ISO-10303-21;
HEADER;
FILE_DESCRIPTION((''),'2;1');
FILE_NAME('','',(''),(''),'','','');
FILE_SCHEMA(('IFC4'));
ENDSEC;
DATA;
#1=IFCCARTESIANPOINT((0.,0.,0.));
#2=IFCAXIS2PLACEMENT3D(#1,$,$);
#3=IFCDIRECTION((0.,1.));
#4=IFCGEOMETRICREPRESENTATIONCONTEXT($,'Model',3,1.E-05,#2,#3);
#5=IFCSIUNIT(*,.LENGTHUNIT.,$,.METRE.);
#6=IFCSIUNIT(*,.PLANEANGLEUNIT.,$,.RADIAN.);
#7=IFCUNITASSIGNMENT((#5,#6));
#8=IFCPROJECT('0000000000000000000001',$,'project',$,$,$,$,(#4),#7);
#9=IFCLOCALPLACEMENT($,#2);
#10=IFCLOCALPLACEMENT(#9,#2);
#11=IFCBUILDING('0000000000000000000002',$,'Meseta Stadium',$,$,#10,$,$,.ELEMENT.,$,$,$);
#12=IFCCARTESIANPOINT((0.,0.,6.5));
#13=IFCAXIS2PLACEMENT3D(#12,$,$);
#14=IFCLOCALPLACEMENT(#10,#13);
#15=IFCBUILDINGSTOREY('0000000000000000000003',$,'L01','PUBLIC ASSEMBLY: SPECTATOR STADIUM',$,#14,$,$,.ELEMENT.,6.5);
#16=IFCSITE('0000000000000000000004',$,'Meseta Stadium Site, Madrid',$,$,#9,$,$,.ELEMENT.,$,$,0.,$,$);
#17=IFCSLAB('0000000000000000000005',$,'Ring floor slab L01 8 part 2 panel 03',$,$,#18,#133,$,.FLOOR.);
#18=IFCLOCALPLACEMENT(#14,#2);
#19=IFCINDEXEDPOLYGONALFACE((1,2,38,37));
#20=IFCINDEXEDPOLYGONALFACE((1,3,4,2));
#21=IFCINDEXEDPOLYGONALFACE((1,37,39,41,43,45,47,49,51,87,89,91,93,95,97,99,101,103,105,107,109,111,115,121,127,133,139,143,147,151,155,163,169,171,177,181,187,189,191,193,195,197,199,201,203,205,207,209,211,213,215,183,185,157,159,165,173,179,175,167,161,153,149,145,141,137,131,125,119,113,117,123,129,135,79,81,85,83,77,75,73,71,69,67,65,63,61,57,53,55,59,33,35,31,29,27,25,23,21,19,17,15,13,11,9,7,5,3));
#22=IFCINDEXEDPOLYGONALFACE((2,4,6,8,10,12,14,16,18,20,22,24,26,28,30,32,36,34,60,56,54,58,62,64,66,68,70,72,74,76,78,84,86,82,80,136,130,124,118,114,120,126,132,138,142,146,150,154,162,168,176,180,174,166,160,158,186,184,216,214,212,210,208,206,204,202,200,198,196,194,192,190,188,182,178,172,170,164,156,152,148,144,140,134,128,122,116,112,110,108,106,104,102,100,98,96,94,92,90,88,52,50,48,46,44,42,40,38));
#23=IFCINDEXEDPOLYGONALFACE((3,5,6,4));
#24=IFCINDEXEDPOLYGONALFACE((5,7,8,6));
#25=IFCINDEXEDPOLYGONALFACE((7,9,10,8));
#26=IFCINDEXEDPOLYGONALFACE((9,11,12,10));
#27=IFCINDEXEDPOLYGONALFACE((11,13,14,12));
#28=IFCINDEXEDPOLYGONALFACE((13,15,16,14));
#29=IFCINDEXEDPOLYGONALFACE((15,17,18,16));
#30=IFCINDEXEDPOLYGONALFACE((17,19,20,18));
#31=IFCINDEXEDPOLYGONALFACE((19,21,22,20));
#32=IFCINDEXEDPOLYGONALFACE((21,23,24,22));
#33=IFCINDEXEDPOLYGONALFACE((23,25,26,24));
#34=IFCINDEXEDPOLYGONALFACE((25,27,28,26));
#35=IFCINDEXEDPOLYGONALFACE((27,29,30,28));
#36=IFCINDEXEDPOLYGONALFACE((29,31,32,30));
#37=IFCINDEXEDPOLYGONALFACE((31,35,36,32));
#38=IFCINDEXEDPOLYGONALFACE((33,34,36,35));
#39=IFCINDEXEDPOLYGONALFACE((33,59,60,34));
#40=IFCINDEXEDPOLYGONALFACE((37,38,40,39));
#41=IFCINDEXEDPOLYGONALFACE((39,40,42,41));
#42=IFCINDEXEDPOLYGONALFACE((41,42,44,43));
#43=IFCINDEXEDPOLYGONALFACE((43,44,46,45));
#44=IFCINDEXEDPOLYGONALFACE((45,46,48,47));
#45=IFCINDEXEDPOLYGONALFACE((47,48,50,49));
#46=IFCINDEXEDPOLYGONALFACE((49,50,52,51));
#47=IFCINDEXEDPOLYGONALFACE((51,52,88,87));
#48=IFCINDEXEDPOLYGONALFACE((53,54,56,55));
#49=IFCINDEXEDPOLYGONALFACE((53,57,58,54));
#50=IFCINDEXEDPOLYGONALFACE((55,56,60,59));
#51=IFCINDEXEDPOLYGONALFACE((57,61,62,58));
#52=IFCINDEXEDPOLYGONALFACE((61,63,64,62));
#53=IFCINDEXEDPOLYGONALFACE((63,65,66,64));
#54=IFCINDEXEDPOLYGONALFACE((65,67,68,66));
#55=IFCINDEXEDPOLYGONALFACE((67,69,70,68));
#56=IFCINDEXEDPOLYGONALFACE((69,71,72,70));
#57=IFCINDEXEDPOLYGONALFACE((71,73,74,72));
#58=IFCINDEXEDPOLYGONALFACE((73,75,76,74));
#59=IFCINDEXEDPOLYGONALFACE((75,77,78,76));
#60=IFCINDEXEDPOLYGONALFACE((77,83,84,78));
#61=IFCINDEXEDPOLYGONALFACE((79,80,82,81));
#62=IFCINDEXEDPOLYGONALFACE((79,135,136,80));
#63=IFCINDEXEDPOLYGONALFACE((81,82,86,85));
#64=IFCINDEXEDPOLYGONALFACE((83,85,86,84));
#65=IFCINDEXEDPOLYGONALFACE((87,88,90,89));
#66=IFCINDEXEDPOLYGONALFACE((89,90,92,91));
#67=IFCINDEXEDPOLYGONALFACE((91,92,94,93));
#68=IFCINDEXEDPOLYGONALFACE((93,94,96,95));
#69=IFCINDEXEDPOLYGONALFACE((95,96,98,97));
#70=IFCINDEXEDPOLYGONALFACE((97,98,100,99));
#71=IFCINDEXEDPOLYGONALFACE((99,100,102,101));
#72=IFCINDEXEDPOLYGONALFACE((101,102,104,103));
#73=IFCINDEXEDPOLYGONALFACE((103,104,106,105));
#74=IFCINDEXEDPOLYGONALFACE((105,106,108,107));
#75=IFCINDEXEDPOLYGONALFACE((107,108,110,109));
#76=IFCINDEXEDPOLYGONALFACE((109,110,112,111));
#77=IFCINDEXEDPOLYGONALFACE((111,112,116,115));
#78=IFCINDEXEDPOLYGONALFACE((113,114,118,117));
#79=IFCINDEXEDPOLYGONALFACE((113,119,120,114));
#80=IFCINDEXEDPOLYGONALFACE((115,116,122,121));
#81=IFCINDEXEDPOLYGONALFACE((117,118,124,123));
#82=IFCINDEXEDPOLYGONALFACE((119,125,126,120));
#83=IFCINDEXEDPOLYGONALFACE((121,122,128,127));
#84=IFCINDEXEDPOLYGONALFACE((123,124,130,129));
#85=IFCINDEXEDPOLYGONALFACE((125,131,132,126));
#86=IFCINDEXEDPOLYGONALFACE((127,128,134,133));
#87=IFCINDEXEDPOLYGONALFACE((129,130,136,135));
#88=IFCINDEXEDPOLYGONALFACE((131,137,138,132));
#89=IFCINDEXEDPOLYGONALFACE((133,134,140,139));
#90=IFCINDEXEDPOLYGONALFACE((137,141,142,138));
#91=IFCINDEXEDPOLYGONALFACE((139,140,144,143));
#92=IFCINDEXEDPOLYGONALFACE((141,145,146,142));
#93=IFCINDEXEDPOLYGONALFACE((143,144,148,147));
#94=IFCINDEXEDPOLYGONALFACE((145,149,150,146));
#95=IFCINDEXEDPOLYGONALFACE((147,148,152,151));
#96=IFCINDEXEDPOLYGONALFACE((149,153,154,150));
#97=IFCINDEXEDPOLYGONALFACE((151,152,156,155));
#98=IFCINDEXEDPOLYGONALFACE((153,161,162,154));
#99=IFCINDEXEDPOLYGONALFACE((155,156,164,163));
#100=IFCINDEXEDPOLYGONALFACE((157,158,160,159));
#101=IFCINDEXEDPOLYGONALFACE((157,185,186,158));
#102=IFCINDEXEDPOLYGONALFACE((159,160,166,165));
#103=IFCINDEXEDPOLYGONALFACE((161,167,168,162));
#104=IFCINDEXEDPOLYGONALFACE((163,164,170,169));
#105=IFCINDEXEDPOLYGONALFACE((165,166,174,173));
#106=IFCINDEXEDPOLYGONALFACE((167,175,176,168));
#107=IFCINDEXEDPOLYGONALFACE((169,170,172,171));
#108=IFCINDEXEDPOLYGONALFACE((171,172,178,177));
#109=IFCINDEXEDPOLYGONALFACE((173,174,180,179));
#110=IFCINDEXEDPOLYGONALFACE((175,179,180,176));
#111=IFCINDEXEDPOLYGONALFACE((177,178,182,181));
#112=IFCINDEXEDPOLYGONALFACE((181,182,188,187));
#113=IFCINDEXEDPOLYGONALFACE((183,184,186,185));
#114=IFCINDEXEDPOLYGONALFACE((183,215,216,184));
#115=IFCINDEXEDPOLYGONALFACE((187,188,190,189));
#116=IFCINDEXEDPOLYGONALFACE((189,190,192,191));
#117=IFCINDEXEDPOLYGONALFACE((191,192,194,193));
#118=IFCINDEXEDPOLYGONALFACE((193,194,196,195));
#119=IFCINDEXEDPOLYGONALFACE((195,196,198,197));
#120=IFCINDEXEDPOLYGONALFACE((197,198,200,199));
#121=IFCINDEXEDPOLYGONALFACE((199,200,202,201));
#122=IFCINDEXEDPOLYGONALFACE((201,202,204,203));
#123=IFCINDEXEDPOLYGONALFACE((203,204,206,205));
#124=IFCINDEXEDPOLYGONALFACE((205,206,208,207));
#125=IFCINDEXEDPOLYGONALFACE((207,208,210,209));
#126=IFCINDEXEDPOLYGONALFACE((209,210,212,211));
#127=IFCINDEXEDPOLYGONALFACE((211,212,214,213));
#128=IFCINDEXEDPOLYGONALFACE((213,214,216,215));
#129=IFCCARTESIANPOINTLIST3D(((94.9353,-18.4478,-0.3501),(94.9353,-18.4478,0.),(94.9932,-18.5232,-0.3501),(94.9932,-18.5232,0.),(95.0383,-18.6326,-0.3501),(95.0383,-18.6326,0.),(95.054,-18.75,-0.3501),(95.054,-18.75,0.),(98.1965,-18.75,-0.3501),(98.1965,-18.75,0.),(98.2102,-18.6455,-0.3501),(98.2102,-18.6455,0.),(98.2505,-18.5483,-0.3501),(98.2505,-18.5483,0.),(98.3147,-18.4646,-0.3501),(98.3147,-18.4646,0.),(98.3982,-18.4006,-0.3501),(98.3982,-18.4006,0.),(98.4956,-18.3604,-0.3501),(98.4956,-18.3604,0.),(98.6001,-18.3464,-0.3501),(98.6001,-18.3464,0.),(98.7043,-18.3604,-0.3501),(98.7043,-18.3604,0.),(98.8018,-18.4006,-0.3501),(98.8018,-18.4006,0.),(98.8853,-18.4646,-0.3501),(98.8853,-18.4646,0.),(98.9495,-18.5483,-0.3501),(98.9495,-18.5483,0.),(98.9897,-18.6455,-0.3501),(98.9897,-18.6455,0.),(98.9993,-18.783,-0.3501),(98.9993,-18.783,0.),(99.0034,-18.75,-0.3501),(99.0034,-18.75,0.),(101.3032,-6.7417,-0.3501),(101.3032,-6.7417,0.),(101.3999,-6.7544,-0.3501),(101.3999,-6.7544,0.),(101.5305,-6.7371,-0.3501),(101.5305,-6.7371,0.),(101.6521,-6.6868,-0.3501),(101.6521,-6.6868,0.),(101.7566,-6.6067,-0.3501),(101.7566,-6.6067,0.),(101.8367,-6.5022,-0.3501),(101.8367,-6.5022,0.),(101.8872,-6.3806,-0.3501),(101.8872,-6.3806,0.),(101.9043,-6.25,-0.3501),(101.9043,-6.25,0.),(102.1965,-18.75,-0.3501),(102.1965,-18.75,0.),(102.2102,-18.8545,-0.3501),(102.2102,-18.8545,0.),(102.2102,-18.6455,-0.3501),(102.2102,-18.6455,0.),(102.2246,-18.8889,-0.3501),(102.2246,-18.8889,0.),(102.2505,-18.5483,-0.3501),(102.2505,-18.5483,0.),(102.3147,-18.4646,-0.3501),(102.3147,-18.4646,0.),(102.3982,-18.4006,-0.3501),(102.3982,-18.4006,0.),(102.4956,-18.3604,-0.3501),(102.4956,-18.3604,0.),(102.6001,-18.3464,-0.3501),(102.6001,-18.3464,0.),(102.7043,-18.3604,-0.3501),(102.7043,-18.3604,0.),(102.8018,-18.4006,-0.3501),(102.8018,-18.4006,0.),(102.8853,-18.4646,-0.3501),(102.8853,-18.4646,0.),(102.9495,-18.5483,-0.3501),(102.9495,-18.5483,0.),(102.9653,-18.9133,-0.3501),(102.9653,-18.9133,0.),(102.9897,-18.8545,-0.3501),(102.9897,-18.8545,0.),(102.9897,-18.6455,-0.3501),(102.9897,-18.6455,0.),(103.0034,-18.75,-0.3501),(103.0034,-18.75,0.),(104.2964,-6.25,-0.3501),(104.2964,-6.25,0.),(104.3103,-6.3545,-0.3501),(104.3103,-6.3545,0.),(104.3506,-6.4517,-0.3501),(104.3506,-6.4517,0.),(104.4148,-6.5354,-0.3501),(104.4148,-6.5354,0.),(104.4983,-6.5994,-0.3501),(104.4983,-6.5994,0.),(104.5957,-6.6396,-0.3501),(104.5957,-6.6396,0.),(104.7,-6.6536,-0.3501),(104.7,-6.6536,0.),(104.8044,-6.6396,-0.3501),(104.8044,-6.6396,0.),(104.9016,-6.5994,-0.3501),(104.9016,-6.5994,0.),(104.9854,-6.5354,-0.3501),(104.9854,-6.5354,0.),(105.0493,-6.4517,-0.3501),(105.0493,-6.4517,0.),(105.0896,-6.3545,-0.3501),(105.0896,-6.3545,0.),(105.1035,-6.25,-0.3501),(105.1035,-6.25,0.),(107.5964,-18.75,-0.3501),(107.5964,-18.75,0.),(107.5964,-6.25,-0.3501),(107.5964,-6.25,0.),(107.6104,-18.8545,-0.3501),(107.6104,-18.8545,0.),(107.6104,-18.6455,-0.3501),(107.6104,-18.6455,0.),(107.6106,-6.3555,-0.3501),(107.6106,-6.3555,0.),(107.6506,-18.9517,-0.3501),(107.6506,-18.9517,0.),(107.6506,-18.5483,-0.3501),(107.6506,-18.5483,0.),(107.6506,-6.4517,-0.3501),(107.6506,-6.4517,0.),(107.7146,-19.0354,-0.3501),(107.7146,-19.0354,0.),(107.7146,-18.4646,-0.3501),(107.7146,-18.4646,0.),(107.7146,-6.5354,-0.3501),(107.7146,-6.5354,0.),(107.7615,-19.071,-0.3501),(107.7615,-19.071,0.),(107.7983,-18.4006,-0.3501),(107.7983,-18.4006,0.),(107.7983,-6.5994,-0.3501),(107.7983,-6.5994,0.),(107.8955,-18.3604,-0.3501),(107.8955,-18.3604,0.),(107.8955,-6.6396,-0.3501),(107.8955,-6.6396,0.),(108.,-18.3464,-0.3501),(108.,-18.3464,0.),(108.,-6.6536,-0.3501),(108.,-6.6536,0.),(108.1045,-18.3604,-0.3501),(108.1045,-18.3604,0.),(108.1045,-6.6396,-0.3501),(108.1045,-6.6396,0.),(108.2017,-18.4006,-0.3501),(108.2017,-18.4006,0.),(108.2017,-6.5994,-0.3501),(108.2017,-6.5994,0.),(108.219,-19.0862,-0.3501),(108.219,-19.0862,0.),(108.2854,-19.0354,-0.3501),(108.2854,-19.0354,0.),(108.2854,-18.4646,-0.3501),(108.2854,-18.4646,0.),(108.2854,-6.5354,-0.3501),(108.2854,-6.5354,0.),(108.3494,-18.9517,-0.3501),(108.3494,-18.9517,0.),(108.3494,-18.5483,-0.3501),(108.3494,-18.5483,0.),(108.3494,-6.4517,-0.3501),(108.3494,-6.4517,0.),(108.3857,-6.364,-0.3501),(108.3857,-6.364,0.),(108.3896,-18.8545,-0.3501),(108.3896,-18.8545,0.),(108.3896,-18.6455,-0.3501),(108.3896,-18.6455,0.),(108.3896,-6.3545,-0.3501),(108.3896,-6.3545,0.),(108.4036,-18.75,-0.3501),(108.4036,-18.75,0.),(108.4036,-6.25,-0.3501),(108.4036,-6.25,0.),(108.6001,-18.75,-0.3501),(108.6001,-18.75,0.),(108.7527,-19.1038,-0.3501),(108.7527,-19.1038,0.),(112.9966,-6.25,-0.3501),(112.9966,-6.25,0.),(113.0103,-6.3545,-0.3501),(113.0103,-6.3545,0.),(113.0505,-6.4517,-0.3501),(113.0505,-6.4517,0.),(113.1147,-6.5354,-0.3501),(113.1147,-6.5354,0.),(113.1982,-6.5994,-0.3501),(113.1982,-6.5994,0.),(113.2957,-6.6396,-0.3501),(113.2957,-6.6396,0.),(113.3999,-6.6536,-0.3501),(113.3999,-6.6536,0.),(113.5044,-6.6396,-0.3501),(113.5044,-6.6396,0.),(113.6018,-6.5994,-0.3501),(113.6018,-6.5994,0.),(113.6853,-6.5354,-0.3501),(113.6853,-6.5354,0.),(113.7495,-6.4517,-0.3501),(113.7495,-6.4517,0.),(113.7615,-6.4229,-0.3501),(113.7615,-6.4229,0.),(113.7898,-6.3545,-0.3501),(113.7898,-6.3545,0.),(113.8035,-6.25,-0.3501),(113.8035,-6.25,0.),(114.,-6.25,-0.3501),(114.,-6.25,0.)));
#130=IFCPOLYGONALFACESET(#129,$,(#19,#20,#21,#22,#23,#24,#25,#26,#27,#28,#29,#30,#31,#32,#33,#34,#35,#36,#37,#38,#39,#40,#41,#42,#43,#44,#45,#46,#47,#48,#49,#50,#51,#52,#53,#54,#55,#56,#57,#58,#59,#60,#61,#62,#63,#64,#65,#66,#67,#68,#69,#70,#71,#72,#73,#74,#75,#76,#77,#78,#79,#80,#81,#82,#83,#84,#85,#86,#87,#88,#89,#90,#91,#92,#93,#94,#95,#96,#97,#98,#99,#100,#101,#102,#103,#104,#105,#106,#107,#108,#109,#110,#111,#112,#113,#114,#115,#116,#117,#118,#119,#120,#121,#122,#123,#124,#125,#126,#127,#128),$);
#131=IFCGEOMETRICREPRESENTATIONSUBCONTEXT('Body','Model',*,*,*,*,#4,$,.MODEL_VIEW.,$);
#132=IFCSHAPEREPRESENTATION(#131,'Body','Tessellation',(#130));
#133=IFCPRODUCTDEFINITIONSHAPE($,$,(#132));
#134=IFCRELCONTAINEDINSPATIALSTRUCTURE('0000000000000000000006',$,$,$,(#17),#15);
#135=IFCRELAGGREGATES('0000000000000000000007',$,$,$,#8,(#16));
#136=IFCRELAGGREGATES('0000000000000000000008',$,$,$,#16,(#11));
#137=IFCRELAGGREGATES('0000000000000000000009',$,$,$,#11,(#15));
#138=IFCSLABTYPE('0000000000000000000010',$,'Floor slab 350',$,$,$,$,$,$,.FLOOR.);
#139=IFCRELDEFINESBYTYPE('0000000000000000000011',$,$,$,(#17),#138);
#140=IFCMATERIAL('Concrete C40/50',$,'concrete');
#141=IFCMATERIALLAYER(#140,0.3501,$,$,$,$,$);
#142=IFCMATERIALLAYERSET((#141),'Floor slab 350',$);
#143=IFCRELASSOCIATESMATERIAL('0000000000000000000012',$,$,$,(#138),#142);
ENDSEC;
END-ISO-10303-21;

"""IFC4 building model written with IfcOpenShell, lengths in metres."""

from ifc_helpers import new_model, si_unit, direction, frame, origin, place, context, subcontext, project, spatial, polyline, outline, extrude, material, layer, layer_set, type_object, element, save


model = new_model("IFC4")

# Units and contexts
model_context = context("Model", 3, precision=1e-05, world=origin(), true_north=direction((0.0, 1.0)))
body_context = subcontext(model_context, "Body", "Model", "MODEL_VIEW")
ifc_project = project(units=[si_unit("LENGTHUNIT", "METRE"), si_unit("PLANEANGLEUNIT", "RADIAN")], contexts=[model_context])

# Site, building, storey
site_placement = place(None, origin())
site = spatial("IfcSite", under=ifc_project, at=site_placement, Name="Meseta Stadium Site, Madrid", CompositionType="ELEMENT", RefElevation=0.0)
building_placement = place(site_placement, origin())
building = spatial("IfcBuilding", under=site, at=building_placement, Name="Meseta Stadium", CompositionType="ELEMENT")
storey_placement = place(building_placement, frame((0.0, 0.0, 6.5)))
storey = spatial("IfcBuildingStorey", under=building, at=storey_placement, Name="L01", Description="PUBLIC ASSEMBLY: SPECTATOR STADIUM", CompositionType="ELEMENT", Elevation=6.5)

# Slab
ifc_material_1 = material(Name="Concrete C40/50", Category="concrete")
ifc_layer = layer(ifc_material_1, 0.3501)
ifc_layer_set = layer_set([ifc_layer], Name="Floor slab 350")
slab_type = type_object("IfcSlabType", Name="Floor slab 350", PredefinedType="FLOOR", material=ifc_layer_set)
slab_1_placement = place(storey_placement, frame((0.0, 0.0, -0.3501)))
element("IfcSlab", 1, at=slab_1_placement, inside=storey, type_object=slab_type, Name="Ring floor slab L01 8 part 2 panel 03", PredefinedType="FLOOR", context=body_context, shape_type="SweptSolid", body=[
    extrude(outline(polyline([(108.6001, -18.75), (114.0, -6.25), (113.8035, -6.25), (113.7898, -6.3545), (113.7615, -6.4229), (113.7495, -6.4517), (113.6853, -6.5354), (113.6018, -6.5994), (113.5044, -6.6396), (113.3999, -6.6536), (113.2957, -6.6396), (113.1982, -6.5994), (113.1147, -6.5354), (113.0505, -6.4517), (113.0103, -6.3545), (112.9966, -6.25), (108.4036, -6.25), (108.3896, -6.3545), (108.3857, -6.364), (108.3494, -6.4517), (108.2854, -6.5354), (108.2017, -6.5994), (108.1045, -6.6396), (108.0, -6.6536), (107.8955, -6.6396), (107.7983, -6.5994), (107.7146, -6.5354), (107.6506, -6.4517), (107.6106, -6.3555), (107.5964, -6.25), (105.1035, -6.25), (105.0896, -6.3545), (105.0493, -6.4517), (104.9854, -6.5354), (104.9016, -6.5994), (104.8044, -6.6396), (104.7, -6.6536), (104.5957, -6.6396), (104.4983, -6.5994), (104.4148, -6.5354), (104.3506, -6.4517), (104.3103, -6.3545), (104.2964, -6.25), (101.9043, -6.25), (101.8872, -6.3806), (101.8367, -6.5022), (101.7566, -6.6067), (101.6521, -6.6868), (101.5305, -6.7371), (101.3999, -6.7544), (101.3032, -6.7417), (94.9353, -18.4478), (94.9932, -18.5232), (95.0383, -18.6326), (95.054, -18.75), (98.1965, -18.75), (98.2102, -18.6455), (98.2505, -18.5483), (98.3147, -18.4646), (98.3982, -18.4006), (98.4956, -18.3604), (98.6001, -18.3464), (98.7043, -18.3604), (98.8018, -18.4006), (98.8853, -18.4646), (98.9495, -18.5483), (98.9897, -18.6455), (99.0034, -18.75), (98.9993, -18.783), (102.2246, -18.8889), (102.2102, -18.8545), (102.1965, -18.75), (102.2102, -18.6455), (102.2505, -18.5483), (102.3147, -18.4646), (102.3982, -18.4006), (102.4956, -18.3604), (102.6001, -18.3464), (102.7043, -18.3604), (102.8018, -18.4006), (102.8853, -18.4646), (102.9495, -18.5483), (102.9897, -18.6455), (103.0034, -18.75), (102.9897, -18.8545), (102.9653, -18.9133), (107.7615, -19.071), (107.7146, -19.0354), (107.6506, -18.9517), (107.6104, -18.8545), (107.5964, -18.75), (107.6104, -18.6455), (107.6506, -18.5483), (107.7146, -18.4646), (107.7983, -18.4006), (107.8955, -18.3604), (108.0, -18.3464), (108.1045, -18.3604), (108.2017, -18.4006), (108.2854, -18.4646), (108.3494, -18.5483), (108.3896, -18.6455), (108.4036, -18.75), (108.3896, -18.8545), (108.3494, -18.9517), (108.2854, -19.0354), (108.219, -19.0862), (108.7527, -19.1038), (108.6001, -18.75)])), origin(), (0.0, 0.0, 1.0), 0.3501),
])

save(model, "model.ifc")
